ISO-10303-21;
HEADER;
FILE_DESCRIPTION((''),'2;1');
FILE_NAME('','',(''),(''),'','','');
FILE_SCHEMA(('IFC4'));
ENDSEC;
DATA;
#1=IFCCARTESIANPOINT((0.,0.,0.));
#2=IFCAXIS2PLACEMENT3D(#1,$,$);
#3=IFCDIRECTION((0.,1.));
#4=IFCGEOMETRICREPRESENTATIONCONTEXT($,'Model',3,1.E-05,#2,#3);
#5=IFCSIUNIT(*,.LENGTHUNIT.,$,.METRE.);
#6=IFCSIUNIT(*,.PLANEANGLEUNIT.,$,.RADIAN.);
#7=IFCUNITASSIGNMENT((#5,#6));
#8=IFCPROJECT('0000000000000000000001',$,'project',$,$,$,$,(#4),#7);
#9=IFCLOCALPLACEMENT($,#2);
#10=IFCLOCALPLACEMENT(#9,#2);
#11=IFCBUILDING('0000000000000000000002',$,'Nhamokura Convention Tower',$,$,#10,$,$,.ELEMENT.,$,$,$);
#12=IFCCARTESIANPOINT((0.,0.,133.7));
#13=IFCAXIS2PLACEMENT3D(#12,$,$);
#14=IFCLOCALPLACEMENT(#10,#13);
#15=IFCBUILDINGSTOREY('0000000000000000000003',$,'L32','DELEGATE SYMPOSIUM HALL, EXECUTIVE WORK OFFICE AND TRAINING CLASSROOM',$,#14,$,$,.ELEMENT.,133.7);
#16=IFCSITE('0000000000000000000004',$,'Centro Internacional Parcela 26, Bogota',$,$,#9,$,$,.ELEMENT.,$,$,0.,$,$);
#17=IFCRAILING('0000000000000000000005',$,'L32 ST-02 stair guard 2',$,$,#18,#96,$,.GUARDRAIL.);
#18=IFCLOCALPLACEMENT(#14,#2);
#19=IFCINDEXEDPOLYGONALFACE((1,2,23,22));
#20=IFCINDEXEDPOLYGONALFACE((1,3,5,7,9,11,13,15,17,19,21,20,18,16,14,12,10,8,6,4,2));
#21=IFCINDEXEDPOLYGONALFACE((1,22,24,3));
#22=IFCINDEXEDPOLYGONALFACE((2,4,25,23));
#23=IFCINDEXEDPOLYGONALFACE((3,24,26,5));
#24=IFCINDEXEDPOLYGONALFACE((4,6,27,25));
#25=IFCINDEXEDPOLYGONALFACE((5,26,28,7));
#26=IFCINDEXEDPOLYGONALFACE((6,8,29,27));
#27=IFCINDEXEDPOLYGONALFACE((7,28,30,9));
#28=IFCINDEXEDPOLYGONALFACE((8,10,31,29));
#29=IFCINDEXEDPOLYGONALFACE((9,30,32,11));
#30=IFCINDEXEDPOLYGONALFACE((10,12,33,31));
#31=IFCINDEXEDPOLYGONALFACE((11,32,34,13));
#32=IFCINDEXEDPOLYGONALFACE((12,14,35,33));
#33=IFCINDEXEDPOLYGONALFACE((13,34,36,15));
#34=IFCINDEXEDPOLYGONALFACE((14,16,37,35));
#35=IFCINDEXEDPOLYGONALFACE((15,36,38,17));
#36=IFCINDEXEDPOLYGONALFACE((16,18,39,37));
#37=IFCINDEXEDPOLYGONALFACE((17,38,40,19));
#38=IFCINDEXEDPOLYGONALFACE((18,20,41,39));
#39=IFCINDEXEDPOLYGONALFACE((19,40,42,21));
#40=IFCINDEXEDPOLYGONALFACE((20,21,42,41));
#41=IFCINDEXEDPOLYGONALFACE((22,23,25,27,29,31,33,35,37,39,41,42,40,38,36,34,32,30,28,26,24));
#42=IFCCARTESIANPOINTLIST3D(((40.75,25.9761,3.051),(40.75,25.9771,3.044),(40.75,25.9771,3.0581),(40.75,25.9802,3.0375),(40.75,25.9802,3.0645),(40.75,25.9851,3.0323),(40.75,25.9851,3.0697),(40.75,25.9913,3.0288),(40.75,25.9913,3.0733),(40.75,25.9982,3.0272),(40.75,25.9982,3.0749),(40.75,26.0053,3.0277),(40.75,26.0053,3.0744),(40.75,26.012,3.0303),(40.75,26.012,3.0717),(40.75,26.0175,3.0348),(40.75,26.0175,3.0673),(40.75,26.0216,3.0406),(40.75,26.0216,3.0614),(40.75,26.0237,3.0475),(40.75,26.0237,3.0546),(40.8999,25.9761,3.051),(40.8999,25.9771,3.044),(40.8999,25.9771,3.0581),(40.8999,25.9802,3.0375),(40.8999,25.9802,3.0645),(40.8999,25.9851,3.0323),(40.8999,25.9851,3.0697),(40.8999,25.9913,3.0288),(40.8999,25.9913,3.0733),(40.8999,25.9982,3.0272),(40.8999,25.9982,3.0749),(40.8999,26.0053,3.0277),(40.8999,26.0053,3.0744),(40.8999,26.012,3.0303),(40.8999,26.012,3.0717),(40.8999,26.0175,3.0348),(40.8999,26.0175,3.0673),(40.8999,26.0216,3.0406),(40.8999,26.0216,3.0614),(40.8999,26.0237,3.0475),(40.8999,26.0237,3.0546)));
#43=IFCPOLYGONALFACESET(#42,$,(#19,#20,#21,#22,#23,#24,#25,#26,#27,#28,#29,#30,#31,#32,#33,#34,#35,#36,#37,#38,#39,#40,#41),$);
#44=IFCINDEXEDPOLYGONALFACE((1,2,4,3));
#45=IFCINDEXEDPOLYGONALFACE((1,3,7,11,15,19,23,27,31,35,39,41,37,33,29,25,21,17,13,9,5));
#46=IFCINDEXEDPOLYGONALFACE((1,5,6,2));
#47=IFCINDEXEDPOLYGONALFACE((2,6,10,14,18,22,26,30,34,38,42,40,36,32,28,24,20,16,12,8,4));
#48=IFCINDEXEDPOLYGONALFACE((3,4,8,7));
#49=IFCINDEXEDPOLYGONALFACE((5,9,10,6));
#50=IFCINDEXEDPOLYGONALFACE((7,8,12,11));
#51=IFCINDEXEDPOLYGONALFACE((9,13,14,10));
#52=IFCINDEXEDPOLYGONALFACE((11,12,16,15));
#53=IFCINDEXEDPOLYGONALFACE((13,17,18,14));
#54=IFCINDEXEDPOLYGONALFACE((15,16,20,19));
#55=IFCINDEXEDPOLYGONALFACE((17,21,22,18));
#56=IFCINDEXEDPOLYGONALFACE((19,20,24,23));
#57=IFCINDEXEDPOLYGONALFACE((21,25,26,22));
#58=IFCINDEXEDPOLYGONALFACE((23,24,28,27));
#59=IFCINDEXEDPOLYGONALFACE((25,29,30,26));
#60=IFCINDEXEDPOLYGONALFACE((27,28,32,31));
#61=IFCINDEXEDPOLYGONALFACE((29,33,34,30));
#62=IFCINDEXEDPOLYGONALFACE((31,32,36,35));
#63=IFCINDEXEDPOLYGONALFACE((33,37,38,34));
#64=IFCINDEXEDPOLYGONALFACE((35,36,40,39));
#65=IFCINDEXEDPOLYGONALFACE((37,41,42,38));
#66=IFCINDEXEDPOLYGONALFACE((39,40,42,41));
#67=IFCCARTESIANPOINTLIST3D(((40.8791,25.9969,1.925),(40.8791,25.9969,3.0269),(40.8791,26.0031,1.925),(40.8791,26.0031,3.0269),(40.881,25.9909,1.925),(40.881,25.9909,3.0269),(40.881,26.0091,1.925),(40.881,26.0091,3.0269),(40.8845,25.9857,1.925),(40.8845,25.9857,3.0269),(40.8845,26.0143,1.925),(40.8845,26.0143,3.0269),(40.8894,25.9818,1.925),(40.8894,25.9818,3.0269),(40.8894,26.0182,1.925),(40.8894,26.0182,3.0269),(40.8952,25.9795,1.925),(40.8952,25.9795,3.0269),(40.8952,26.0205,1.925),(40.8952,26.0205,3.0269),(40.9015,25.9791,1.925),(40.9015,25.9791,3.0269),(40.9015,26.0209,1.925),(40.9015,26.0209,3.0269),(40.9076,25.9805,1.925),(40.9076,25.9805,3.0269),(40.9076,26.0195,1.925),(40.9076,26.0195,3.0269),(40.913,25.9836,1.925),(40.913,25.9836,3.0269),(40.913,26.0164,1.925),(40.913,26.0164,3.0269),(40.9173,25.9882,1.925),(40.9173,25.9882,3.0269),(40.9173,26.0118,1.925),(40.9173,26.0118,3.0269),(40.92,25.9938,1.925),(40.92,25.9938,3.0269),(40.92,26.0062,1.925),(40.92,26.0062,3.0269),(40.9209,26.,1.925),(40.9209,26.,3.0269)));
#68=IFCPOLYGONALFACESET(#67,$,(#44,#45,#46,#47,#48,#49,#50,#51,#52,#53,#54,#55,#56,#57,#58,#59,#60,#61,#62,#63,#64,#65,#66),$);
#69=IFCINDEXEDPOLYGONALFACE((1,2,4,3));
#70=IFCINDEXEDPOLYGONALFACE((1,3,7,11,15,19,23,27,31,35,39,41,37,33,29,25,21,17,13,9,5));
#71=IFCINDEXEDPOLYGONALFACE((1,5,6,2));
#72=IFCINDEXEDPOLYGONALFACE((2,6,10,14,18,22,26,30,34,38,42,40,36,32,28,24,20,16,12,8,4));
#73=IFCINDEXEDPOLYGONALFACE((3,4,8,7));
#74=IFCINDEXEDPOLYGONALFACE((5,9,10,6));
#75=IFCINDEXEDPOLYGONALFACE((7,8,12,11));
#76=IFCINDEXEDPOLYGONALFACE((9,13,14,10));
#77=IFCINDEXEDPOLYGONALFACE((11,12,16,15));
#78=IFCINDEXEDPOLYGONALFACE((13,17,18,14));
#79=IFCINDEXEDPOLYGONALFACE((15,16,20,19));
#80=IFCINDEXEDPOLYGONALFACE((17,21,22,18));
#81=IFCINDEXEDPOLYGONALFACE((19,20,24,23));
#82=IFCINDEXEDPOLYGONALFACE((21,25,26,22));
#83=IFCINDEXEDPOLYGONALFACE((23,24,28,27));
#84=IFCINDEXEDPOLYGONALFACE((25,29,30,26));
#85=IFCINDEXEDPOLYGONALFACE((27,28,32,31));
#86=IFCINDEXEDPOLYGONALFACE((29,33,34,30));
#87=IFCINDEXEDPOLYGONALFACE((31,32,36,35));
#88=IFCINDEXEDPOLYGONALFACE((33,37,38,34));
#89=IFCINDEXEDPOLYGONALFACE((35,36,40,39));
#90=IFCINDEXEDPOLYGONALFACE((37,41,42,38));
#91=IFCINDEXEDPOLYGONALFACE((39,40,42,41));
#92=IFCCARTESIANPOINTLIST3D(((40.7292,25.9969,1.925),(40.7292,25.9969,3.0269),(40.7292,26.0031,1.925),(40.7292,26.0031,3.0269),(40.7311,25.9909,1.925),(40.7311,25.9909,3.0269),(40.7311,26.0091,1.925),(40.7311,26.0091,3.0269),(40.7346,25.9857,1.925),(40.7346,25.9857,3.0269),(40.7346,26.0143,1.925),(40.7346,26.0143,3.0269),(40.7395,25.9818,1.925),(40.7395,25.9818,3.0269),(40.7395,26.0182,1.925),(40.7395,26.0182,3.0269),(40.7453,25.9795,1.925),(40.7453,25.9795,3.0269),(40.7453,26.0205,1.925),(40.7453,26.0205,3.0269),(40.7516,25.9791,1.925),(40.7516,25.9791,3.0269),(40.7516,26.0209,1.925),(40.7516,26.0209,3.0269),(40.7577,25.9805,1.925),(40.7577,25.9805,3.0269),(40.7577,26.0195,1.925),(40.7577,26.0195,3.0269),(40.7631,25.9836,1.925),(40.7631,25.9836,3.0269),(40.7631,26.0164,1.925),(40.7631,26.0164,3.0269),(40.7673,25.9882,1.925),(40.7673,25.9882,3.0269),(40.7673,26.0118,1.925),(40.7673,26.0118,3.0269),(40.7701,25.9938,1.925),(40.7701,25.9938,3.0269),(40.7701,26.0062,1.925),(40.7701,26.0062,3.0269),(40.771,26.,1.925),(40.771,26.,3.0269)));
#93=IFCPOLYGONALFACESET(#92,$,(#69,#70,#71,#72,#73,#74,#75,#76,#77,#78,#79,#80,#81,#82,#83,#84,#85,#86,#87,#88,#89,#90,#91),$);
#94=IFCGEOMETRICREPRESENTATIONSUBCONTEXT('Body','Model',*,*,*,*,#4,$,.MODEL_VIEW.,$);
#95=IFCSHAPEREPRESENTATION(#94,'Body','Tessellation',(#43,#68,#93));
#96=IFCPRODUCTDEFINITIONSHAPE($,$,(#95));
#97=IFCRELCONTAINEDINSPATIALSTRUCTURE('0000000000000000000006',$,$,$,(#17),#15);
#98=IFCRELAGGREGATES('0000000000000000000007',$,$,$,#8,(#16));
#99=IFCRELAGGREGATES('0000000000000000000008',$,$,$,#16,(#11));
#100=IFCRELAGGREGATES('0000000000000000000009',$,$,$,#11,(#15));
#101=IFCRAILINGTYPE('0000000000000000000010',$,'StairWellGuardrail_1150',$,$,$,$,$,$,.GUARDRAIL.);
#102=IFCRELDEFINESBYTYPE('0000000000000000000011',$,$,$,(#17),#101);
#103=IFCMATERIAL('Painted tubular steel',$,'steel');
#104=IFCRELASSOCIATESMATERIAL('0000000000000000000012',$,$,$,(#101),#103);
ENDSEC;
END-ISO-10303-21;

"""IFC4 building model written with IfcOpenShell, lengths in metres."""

from ifc_helpers import new_model, si_unit, direction, frame, origin, origin_2d, place, context, subcontext, project, spatial, circle, extrude, material, type_object, element, save


model = new_model("IFC4")

# Units and contexts
model_context = context("Model", 3, precision=1e-05, world=origin(), true_north=direction((0.0, 1.0)))
body_context = subcontext(model_context, "Body", "Model", "MODEL_VIEW")
ifc_project = project(units=[si_unit("LENGTHUNIT", "METRE"), si_unit("PLANEANGLEUNIT", "RADIAN")], contexts=[model_context])

# Site, building, storey
site_placement = place(None, origin())
site = spatial("IfcSite", under=ifc_project, at=site_placement, Name="Centro Internacional Parcela 26, Bogota", CompositionType="ELEMENT", RefElevation=0.0)
building_placement = place(site_placement, origin())
building = spatial("IfcBuilding", under=site, at=building_placement, Name="Nhamokura Convention Tower", CompositionType="ELEMENT")
storey_placement = place(building_placement, frame((0.0, 0.0, 133.7)))
storey = spatial("IfcBuildingStorey", under=building, at=storey_placement, Name="L32", Description="DELEGATE SYMPOSIUM HALL, EXECUTIVE WORK OFFICE AND TRAINING CLASSROOM", CompositionType="ELEMENT", Elevation=133.7)

# Railing
ifc_material_1 = material(Name="Painted tubular steel", Category="steel")
railing_type_1 = type_object("IfcRailingType", Name="StairWellGuardrail_1150", PredefinedType="GUARDRAIL", material=ifc_material_1)
railing_1_placement = place(storey_placement, frame((40.8999, 26.0, 1.925)))
element("IfcRailing", 1, at=railing_1_placement, inside=storey, type_object=railing_type_1, Name="L32 ST-02 stair guard 2", PredefinedType="GUARDRAIL", context=body_context, shape_type="SweptSolid", body=[
    extrude(circle(Radius=0.0239, at=origin_2d()), frame((0.0, 0.0, 1.126), z_axis=(-1.0, 0.0, 0.0), x_axis=(0.0, -1.0, 0.0)), (0.0, 0.0, 1.0), 0.1499),
    extrude(circle(Radius=0.021, at=origin_2d()), origin(), (0.0, 0.0, 1.0), 1.1018),
    extrude(circle(Radius=0.021, at=origin_2d()), frame((-0.1499, 0.0, 0.0)), (0.0, 0.0, 1.0), 1.1018),
])

save(model, "model.ifc")
